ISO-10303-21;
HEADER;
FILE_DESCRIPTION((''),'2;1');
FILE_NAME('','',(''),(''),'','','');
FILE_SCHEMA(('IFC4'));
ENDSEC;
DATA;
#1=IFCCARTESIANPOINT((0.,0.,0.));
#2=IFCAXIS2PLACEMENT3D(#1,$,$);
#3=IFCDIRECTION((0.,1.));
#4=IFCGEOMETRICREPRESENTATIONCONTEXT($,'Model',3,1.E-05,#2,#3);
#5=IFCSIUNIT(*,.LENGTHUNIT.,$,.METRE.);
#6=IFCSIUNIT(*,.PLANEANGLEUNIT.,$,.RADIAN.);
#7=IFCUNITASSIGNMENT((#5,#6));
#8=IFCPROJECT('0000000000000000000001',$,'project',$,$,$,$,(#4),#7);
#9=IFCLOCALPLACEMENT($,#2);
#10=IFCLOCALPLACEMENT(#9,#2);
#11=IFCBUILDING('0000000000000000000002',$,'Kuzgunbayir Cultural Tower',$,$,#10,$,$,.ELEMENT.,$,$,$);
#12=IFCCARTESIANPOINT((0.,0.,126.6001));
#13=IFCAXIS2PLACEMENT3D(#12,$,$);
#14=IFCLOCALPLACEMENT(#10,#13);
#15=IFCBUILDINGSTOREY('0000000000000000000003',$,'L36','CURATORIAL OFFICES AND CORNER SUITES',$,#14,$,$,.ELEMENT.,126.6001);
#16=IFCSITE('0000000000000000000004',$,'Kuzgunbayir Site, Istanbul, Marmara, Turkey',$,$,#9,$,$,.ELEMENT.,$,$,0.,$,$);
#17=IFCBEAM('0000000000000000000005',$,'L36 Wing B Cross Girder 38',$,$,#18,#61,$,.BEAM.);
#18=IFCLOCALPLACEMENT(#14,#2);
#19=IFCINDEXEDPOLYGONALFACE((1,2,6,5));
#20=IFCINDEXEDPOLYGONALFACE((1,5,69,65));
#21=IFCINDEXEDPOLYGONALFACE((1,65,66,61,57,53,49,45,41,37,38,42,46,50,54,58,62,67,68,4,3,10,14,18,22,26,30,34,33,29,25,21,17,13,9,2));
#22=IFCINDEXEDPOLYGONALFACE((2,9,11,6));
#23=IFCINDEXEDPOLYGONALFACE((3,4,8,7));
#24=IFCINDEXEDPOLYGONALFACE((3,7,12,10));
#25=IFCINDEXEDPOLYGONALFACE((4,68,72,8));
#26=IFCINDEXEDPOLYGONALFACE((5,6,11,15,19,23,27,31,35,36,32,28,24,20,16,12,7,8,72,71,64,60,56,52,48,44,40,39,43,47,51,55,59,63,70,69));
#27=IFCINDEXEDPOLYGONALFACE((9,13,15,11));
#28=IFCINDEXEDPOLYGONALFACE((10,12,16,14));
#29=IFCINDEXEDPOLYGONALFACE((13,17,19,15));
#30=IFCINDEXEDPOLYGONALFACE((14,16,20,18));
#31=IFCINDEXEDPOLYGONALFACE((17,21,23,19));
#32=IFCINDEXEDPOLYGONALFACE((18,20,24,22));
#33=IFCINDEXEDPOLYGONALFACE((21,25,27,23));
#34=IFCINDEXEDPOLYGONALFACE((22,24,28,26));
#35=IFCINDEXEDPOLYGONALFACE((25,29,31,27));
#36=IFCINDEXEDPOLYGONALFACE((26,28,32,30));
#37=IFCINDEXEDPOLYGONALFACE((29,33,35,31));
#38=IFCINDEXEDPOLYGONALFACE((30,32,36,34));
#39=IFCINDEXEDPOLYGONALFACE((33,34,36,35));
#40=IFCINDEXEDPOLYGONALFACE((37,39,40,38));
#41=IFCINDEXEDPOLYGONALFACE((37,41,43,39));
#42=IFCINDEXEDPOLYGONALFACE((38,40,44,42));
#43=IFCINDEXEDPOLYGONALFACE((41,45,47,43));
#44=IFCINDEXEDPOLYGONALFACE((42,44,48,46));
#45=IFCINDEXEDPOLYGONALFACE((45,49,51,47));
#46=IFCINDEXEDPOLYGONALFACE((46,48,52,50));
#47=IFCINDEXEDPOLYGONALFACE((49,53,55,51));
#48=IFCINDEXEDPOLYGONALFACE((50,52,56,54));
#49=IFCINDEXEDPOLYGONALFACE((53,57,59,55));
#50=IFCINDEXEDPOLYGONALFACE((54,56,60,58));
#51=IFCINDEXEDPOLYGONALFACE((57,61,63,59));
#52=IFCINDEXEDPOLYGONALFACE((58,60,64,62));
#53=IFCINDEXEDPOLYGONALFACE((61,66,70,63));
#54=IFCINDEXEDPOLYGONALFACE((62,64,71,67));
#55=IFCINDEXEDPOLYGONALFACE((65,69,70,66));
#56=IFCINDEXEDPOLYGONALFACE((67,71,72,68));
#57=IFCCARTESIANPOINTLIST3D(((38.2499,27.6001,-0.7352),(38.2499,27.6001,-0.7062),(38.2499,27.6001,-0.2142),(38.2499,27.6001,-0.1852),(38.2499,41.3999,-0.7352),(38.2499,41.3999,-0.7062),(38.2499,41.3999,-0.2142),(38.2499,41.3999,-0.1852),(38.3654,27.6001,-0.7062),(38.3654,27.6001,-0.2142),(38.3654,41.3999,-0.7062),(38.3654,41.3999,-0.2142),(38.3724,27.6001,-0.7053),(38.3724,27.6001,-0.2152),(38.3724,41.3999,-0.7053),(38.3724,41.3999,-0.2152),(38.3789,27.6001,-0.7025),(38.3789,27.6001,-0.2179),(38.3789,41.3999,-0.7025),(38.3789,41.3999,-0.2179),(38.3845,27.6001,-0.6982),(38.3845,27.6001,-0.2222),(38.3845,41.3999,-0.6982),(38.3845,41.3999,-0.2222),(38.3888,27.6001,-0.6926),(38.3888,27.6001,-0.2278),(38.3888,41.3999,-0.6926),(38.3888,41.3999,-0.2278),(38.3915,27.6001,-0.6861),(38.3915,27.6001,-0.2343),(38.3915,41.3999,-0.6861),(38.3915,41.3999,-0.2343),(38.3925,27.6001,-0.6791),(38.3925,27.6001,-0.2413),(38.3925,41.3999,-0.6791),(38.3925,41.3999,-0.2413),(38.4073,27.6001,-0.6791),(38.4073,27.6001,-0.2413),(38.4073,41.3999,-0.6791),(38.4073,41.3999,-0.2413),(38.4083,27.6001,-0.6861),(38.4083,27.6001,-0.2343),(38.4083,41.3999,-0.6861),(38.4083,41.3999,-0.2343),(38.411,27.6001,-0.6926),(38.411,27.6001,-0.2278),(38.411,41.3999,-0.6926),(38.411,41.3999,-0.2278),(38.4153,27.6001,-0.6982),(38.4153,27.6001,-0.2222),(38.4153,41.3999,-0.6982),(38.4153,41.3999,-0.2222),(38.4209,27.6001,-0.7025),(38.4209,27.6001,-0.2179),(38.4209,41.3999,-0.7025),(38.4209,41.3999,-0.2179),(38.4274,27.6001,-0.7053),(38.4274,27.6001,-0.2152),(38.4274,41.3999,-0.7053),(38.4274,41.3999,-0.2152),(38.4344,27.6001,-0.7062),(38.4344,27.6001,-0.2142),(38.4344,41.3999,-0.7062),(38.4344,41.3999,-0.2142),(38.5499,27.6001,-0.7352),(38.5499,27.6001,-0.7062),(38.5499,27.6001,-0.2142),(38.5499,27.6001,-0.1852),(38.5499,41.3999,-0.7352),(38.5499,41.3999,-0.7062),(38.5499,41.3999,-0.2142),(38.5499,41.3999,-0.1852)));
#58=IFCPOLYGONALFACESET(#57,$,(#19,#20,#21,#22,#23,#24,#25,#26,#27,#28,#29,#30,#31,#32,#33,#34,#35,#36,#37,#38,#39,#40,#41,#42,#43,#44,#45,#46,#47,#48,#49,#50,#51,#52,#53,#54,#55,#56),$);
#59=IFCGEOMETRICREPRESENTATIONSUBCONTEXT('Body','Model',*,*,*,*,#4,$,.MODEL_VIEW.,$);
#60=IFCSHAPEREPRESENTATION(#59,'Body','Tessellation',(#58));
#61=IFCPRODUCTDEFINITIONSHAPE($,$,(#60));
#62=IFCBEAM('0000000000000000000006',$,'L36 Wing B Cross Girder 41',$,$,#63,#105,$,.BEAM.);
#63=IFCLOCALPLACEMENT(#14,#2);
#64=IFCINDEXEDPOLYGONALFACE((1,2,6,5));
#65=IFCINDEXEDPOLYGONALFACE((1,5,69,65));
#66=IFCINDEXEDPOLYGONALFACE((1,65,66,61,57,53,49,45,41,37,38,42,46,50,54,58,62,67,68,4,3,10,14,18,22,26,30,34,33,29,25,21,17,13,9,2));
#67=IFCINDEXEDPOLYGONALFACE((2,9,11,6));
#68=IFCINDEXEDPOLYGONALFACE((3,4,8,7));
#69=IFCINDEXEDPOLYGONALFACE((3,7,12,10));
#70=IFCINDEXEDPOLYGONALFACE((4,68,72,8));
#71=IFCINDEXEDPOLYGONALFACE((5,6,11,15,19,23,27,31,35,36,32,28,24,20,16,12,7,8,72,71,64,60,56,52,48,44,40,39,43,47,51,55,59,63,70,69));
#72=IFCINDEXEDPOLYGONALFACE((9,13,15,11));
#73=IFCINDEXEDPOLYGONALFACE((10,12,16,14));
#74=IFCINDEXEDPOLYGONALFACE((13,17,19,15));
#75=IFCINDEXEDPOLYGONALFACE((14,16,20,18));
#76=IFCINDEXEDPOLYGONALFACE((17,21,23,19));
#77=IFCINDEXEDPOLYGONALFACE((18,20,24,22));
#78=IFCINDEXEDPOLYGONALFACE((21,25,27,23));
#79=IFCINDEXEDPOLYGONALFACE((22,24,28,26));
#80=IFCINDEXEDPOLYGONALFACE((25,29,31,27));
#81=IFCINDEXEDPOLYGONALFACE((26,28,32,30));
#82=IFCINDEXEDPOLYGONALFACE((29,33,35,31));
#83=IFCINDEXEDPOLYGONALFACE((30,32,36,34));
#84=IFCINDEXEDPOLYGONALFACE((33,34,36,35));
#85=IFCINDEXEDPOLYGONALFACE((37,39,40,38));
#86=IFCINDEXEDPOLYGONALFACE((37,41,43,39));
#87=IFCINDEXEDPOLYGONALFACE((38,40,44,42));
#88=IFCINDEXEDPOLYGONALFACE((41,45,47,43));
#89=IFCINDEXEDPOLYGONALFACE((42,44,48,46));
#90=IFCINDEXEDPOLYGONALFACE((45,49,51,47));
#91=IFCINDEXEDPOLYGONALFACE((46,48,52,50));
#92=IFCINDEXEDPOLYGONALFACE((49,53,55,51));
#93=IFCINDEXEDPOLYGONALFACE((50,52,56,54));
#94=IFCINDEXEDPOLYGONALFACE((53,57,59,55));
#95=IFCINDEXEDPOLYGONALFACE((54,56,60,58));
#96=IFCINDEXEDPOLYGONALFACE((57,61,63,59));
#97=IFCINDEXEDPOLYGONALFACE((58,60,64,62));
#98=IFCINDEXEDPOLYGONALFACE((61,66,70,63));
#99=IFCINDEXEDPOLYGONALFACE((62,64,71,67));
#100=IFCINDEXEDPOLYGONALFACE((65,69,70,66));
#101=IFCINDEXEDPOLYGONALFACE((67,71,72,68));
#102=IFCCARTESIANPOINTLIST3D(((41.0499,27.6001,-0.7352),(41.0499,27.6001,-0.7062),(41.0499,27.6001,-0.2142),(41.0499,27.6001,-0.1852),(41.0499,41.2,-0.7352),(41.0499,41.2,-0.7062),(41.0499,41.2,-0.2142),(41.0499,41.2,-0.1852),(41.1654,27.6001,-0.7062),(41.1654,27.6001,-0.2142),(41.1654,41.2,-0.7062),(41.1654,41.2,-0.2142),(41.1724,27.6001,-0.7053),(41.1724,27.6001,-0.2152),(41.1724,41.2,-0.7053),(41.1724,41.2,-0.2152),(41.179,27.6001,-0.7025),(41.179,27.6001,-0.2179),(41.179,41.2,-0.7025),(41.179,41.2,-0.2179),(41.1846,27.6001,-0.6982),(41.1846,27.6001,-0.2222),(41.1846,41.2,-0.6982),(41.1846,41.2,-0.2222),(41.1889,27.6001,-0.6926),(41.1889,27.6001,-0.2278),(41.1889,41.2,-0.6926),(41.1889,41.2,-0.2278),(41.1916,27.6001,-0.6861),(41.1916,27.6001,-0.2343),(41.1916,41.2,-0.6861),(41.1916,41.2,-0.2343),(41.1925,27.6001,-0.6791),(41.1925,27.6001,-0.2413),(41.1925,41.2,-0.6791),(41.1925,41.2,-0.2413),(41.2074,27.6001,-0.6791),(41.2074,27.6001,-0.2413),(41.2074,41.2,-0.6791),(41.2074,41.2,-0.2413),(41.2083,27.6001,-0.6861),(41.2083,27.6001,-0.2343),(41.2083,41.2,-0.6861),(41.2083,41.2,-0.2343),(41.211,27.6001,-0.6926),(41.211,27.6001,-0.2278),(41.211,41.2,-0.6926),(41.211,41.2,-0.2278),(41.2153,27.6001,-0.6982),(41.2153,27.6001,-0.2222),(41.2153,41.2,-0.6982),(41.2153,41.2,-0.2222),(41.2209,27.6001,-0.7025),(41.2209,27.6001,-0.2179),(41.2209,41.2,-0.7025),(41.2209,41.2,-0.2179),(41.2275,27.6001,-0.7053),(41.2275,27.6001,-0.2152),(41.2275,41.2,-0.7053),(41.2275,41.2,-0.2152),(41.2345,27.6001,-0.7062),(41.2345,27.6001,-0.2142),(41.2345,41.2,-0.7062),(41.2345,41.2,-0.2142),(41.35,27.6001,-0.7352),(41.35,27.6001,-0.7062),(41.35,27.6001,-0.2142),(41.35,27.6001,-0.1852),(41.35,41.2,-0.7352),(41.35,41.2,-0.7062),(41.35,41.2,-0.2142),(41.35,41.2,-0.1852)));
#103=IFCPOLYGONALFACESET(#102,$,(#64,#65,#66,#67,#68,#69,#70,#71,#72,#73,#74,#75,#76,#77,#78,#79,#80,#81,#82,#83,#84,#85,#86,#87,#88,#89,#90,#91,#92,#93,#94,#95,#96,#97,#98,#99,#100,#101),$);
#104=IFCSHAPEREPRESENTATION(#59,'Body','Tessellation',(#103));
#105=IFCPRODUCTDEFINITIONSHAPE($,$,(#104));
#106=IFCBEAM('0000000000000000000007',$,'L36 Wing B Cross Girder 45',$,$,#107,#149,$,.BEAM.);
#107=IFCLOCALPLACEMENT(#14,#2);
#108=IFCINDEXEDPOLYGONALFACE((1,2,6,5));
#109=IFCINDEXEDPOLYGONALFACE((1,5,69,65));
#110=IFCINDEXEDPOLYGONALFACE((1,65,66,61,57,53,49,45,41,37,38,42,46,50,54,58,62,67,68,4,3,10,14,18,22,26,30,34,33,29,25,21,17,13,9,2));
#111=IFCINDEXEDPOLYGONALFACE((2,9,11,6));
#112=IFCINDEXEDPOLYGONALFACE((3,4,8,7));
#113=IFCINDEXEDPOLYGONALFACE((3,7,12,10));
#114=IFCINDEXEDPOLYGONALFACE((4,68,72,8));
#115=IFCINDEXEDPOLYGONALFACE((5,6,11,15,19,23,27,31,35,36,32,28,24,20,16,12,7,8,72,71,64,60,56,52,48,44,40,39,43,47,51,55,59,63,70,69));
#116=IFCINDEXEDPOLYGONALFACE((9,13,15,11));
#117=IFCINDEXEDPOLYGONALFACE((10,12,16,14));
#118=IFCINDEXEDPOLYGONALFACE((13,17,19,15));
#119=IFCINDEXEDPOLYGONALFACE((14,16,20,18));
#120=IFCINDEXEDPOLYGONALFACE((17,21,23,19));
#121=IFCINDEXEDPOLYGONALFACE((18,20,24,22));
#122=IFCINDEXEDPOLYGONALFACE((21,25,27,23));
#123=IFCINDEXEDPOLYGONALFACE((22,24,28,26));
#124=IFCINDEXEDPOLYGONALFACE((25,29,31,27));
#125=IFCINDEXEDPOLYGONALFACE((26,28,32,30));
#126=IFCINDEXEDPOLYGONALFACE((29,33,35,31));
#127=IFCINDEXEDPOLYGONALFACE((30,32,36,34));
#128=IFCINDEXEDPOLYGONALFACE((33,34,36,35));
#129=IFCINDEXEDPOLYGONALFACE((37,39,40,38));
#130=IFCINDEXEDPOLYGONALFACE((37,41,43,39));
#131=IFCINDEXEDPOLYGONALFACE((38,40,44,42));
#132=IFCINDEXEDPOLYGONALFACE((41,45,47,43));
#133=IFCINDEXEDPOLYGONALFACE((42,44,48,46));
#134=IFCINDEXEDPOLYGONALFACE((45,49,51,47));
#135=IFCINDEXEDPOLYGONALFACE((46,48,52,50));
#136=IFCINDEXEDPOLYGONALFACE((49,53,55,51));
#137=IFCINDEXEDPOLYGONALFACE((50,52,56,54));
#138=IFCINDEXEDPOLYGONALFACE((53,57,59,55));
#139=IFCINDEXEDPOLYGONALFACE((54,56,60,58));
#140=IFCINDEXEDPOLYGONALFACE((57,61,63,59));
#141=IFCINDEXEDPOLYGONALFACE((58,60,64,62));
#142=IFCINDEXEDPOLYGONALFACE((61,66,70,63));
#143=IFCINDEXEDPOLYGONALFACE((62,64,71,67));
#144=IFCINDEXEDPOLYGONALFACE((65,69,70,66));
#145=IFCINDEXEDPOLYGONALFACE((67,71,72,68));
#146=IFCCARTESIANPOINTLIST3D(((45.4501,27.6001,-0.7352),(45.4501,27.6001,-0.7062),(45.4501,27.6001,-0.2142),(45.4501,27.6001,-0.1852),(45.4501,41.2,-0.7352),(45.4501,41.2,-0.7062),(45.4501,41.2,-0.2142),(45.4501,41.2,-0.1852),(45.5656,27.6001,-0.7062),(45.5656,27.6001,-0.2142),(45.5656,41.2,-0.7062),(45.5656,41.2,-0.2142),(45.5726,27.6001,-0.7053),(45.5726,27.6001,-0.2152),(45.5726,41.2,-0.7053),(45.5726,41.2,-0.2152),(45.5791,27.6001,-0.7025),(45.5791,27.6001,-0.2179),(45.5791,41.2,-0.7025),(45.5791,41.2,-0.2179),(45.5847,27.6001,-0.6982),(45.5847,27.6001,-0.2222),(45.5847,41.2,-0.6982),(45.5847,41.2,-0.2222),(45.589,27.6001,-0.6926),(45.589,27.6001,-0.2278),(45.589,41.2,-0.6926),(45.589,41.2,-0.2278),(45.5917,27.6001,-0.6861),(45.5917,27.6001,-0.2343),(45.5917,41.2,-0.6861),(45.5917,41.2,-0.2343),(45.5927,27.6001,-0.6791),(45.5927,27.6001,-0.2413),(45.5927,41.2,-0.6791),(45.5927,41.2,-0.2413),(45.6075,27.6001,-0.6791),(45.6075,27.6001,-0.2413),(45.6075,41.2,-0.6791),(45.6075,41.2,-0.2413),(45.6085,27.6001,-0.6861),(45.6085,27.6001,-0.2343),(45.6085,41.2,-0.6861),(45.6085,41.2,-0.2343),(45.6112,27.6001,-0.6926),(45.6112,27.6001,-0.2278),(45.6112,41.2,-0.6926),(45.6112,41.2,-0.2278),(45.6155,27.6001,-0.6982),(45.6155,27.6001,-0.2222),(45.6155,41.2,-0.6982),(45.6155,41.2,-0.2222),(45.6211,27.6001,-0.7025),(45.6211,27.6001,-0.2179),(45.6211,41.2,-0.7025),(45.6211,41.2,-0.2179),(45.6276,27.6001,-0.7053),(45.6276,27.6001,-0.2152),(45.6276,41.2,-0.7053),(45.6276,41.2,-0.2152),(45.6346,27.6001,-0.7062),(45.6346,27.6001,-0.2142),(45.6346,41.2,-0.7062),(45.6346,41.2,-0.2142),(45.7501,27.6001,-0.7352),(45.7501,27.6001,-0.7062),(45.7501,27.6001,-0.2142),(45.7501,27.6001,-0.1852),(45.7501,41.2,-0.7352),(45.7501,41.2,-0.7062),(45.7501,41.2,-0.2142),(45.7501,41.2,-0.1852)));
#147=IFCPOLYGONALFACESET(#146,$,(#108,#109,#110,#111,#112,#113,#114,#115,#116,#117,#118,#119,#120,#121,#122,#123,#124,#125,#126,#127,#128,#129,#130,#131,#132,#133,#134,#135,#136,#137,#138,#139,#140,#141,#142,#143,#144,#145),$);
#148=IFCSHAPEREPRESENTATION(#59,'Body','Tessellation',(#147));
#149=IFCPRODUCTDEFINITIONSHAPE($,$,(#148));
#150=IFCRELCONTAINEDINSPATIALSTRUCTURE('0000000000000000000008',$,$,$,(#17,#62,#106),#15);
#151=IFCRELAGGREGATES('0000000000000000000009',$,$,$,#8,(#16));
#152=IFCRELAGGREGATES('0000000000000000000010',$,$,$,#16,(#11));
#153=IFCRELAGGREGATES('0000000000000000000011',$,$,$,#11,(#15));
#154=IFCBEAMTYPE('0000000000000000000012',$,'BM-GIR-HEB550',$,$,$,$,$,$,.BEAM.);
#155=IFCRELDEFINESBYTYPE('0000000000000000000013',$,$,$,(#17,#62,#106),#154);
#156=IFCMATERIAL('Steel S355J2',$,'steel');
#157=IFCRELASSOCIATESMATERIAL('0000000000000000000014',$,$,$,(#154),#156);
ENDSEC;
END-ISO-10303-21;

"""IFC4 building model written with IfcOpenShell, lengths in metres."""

from ifc_helpers import new_model, si_unit, direction, frame, origin, origin_2d, place, context, subcontext, project, spatial, i_section, extrude, material, material_profile, profile_set, type_object, element, save


model = new_model("IFC4")

# Units and contexts
model_context = context("Model", 3, precision=1e-05, world=origin(), true_north=direction((0.0, 1.0)))
body_context = subcontext(model_context, "Body", "Model", "MODEL_VIEW")
ifc_project = project(units=[si_unit("LENGTHUNIT", "METRE"), si_unit("PLANEANGLEUNIT", "RADIAN")], contexts=[model_context])

# Site, building, storey
site_placement = place(None, origin())
site = spatial("IfcSite", under=ifc_project, at=site_placement, Name="Kuzgunbayir Site, Istanbul, Marmara, Turkey", CompositionType="ELEMENT", RefElevation=0.0)
building_placement = place(site_placement, origin())
building = spatial("IfcBuilding", under=site, at=building_placement, Name="Kuzgunbayir Cultural Tower", CompositionType="ELEMENT")
storey_placement = place(building_placement, frame((0.0, 0.0, 126.6001)))
storey = spatial("IfcBuildingStorey", under=building, at=storey_placement, Name="L36", Description="CURATORIAL OFFICES AND CORNER SUITES", CompositionType="ELEMENT", Elevation=126.6001)

# Beams
ifc_material_1 = material(Name="Steel S355J2", Category="steel")
ifc_material_profile_1 = material_profile(ifc_material_1, i_section(OverallWidth=0.3, OverallDepth=0.55, WebThickness=0.0149, FlangeThickness=0.0291, FilletRadius=0.0271, at=origin_2d()), Name="HEB 550")
ifc_profile_set_1 = profile_set([ifc_material_profile_1], Name="Steel S355J2")
beam_type_1 = type_object("IfcBeamType", Name="BM-GIR-HEB550", PredefinedType="BEAM", material=ifc_profile_set_1)
beam_1_placement = place(storey_placement, frame((38.3999, 27.6001, -0.4602), z_axis=(0.0, 1.0, 0.0), x_axis=(-1.0, 0.0, 0.0)))
element("IfcBeam", 1, at=beam_1_placement, inside=storey, type_object=beam_type_1, Name="L36 Wing B Cross Girder 38", PredefinedType="BEAM", context=body_context, shape_type="SweptSolid", body=[
    extrude(i_section(OverallWidth=0.3, OverallDepth=0.55, WebThickness=0.0149, FlangeThickness=0.0291, FilletRadius=0.0271, at=origin_2d()), origin(), (0.0, 0.0, 1.0), 13.7998),
])
for number, where, z_axis, x_axis, name in (
    (2, (41.2, 27.6001, -0.4602), (0.0, 1.0, 0.0), (-1.0, 0.0, 0.0), "L36 Wing B Cross Girder 41"),
    (3, (45.6001, 27.6001, -0.4602), (0.0, 1.0, 0.0), (-1.0, 0.0, 0.0), "L36 Wing B Cross Girder 45"),
):
    element("IfcBeam", number, at=place(storey_placement, frame(where, z_axis=z_axis, x_axis=x_axis)), inside=storey, type_object=beam_type_1, Name=name, PredefinedType="BEAM", context=body_context, shape_type="SweptSolid", body=[
        extrude(i_section(OverallWidth=0.3, OverallDepth=0.55, WebThickness=0.0149, FlangeThickness=0.0291, FilletRadius=0.0271, at=origin_2d()), origin(), (0.0, 0.0, 1.0), 13.5999),
    ])

save(model, "model.ifc")
